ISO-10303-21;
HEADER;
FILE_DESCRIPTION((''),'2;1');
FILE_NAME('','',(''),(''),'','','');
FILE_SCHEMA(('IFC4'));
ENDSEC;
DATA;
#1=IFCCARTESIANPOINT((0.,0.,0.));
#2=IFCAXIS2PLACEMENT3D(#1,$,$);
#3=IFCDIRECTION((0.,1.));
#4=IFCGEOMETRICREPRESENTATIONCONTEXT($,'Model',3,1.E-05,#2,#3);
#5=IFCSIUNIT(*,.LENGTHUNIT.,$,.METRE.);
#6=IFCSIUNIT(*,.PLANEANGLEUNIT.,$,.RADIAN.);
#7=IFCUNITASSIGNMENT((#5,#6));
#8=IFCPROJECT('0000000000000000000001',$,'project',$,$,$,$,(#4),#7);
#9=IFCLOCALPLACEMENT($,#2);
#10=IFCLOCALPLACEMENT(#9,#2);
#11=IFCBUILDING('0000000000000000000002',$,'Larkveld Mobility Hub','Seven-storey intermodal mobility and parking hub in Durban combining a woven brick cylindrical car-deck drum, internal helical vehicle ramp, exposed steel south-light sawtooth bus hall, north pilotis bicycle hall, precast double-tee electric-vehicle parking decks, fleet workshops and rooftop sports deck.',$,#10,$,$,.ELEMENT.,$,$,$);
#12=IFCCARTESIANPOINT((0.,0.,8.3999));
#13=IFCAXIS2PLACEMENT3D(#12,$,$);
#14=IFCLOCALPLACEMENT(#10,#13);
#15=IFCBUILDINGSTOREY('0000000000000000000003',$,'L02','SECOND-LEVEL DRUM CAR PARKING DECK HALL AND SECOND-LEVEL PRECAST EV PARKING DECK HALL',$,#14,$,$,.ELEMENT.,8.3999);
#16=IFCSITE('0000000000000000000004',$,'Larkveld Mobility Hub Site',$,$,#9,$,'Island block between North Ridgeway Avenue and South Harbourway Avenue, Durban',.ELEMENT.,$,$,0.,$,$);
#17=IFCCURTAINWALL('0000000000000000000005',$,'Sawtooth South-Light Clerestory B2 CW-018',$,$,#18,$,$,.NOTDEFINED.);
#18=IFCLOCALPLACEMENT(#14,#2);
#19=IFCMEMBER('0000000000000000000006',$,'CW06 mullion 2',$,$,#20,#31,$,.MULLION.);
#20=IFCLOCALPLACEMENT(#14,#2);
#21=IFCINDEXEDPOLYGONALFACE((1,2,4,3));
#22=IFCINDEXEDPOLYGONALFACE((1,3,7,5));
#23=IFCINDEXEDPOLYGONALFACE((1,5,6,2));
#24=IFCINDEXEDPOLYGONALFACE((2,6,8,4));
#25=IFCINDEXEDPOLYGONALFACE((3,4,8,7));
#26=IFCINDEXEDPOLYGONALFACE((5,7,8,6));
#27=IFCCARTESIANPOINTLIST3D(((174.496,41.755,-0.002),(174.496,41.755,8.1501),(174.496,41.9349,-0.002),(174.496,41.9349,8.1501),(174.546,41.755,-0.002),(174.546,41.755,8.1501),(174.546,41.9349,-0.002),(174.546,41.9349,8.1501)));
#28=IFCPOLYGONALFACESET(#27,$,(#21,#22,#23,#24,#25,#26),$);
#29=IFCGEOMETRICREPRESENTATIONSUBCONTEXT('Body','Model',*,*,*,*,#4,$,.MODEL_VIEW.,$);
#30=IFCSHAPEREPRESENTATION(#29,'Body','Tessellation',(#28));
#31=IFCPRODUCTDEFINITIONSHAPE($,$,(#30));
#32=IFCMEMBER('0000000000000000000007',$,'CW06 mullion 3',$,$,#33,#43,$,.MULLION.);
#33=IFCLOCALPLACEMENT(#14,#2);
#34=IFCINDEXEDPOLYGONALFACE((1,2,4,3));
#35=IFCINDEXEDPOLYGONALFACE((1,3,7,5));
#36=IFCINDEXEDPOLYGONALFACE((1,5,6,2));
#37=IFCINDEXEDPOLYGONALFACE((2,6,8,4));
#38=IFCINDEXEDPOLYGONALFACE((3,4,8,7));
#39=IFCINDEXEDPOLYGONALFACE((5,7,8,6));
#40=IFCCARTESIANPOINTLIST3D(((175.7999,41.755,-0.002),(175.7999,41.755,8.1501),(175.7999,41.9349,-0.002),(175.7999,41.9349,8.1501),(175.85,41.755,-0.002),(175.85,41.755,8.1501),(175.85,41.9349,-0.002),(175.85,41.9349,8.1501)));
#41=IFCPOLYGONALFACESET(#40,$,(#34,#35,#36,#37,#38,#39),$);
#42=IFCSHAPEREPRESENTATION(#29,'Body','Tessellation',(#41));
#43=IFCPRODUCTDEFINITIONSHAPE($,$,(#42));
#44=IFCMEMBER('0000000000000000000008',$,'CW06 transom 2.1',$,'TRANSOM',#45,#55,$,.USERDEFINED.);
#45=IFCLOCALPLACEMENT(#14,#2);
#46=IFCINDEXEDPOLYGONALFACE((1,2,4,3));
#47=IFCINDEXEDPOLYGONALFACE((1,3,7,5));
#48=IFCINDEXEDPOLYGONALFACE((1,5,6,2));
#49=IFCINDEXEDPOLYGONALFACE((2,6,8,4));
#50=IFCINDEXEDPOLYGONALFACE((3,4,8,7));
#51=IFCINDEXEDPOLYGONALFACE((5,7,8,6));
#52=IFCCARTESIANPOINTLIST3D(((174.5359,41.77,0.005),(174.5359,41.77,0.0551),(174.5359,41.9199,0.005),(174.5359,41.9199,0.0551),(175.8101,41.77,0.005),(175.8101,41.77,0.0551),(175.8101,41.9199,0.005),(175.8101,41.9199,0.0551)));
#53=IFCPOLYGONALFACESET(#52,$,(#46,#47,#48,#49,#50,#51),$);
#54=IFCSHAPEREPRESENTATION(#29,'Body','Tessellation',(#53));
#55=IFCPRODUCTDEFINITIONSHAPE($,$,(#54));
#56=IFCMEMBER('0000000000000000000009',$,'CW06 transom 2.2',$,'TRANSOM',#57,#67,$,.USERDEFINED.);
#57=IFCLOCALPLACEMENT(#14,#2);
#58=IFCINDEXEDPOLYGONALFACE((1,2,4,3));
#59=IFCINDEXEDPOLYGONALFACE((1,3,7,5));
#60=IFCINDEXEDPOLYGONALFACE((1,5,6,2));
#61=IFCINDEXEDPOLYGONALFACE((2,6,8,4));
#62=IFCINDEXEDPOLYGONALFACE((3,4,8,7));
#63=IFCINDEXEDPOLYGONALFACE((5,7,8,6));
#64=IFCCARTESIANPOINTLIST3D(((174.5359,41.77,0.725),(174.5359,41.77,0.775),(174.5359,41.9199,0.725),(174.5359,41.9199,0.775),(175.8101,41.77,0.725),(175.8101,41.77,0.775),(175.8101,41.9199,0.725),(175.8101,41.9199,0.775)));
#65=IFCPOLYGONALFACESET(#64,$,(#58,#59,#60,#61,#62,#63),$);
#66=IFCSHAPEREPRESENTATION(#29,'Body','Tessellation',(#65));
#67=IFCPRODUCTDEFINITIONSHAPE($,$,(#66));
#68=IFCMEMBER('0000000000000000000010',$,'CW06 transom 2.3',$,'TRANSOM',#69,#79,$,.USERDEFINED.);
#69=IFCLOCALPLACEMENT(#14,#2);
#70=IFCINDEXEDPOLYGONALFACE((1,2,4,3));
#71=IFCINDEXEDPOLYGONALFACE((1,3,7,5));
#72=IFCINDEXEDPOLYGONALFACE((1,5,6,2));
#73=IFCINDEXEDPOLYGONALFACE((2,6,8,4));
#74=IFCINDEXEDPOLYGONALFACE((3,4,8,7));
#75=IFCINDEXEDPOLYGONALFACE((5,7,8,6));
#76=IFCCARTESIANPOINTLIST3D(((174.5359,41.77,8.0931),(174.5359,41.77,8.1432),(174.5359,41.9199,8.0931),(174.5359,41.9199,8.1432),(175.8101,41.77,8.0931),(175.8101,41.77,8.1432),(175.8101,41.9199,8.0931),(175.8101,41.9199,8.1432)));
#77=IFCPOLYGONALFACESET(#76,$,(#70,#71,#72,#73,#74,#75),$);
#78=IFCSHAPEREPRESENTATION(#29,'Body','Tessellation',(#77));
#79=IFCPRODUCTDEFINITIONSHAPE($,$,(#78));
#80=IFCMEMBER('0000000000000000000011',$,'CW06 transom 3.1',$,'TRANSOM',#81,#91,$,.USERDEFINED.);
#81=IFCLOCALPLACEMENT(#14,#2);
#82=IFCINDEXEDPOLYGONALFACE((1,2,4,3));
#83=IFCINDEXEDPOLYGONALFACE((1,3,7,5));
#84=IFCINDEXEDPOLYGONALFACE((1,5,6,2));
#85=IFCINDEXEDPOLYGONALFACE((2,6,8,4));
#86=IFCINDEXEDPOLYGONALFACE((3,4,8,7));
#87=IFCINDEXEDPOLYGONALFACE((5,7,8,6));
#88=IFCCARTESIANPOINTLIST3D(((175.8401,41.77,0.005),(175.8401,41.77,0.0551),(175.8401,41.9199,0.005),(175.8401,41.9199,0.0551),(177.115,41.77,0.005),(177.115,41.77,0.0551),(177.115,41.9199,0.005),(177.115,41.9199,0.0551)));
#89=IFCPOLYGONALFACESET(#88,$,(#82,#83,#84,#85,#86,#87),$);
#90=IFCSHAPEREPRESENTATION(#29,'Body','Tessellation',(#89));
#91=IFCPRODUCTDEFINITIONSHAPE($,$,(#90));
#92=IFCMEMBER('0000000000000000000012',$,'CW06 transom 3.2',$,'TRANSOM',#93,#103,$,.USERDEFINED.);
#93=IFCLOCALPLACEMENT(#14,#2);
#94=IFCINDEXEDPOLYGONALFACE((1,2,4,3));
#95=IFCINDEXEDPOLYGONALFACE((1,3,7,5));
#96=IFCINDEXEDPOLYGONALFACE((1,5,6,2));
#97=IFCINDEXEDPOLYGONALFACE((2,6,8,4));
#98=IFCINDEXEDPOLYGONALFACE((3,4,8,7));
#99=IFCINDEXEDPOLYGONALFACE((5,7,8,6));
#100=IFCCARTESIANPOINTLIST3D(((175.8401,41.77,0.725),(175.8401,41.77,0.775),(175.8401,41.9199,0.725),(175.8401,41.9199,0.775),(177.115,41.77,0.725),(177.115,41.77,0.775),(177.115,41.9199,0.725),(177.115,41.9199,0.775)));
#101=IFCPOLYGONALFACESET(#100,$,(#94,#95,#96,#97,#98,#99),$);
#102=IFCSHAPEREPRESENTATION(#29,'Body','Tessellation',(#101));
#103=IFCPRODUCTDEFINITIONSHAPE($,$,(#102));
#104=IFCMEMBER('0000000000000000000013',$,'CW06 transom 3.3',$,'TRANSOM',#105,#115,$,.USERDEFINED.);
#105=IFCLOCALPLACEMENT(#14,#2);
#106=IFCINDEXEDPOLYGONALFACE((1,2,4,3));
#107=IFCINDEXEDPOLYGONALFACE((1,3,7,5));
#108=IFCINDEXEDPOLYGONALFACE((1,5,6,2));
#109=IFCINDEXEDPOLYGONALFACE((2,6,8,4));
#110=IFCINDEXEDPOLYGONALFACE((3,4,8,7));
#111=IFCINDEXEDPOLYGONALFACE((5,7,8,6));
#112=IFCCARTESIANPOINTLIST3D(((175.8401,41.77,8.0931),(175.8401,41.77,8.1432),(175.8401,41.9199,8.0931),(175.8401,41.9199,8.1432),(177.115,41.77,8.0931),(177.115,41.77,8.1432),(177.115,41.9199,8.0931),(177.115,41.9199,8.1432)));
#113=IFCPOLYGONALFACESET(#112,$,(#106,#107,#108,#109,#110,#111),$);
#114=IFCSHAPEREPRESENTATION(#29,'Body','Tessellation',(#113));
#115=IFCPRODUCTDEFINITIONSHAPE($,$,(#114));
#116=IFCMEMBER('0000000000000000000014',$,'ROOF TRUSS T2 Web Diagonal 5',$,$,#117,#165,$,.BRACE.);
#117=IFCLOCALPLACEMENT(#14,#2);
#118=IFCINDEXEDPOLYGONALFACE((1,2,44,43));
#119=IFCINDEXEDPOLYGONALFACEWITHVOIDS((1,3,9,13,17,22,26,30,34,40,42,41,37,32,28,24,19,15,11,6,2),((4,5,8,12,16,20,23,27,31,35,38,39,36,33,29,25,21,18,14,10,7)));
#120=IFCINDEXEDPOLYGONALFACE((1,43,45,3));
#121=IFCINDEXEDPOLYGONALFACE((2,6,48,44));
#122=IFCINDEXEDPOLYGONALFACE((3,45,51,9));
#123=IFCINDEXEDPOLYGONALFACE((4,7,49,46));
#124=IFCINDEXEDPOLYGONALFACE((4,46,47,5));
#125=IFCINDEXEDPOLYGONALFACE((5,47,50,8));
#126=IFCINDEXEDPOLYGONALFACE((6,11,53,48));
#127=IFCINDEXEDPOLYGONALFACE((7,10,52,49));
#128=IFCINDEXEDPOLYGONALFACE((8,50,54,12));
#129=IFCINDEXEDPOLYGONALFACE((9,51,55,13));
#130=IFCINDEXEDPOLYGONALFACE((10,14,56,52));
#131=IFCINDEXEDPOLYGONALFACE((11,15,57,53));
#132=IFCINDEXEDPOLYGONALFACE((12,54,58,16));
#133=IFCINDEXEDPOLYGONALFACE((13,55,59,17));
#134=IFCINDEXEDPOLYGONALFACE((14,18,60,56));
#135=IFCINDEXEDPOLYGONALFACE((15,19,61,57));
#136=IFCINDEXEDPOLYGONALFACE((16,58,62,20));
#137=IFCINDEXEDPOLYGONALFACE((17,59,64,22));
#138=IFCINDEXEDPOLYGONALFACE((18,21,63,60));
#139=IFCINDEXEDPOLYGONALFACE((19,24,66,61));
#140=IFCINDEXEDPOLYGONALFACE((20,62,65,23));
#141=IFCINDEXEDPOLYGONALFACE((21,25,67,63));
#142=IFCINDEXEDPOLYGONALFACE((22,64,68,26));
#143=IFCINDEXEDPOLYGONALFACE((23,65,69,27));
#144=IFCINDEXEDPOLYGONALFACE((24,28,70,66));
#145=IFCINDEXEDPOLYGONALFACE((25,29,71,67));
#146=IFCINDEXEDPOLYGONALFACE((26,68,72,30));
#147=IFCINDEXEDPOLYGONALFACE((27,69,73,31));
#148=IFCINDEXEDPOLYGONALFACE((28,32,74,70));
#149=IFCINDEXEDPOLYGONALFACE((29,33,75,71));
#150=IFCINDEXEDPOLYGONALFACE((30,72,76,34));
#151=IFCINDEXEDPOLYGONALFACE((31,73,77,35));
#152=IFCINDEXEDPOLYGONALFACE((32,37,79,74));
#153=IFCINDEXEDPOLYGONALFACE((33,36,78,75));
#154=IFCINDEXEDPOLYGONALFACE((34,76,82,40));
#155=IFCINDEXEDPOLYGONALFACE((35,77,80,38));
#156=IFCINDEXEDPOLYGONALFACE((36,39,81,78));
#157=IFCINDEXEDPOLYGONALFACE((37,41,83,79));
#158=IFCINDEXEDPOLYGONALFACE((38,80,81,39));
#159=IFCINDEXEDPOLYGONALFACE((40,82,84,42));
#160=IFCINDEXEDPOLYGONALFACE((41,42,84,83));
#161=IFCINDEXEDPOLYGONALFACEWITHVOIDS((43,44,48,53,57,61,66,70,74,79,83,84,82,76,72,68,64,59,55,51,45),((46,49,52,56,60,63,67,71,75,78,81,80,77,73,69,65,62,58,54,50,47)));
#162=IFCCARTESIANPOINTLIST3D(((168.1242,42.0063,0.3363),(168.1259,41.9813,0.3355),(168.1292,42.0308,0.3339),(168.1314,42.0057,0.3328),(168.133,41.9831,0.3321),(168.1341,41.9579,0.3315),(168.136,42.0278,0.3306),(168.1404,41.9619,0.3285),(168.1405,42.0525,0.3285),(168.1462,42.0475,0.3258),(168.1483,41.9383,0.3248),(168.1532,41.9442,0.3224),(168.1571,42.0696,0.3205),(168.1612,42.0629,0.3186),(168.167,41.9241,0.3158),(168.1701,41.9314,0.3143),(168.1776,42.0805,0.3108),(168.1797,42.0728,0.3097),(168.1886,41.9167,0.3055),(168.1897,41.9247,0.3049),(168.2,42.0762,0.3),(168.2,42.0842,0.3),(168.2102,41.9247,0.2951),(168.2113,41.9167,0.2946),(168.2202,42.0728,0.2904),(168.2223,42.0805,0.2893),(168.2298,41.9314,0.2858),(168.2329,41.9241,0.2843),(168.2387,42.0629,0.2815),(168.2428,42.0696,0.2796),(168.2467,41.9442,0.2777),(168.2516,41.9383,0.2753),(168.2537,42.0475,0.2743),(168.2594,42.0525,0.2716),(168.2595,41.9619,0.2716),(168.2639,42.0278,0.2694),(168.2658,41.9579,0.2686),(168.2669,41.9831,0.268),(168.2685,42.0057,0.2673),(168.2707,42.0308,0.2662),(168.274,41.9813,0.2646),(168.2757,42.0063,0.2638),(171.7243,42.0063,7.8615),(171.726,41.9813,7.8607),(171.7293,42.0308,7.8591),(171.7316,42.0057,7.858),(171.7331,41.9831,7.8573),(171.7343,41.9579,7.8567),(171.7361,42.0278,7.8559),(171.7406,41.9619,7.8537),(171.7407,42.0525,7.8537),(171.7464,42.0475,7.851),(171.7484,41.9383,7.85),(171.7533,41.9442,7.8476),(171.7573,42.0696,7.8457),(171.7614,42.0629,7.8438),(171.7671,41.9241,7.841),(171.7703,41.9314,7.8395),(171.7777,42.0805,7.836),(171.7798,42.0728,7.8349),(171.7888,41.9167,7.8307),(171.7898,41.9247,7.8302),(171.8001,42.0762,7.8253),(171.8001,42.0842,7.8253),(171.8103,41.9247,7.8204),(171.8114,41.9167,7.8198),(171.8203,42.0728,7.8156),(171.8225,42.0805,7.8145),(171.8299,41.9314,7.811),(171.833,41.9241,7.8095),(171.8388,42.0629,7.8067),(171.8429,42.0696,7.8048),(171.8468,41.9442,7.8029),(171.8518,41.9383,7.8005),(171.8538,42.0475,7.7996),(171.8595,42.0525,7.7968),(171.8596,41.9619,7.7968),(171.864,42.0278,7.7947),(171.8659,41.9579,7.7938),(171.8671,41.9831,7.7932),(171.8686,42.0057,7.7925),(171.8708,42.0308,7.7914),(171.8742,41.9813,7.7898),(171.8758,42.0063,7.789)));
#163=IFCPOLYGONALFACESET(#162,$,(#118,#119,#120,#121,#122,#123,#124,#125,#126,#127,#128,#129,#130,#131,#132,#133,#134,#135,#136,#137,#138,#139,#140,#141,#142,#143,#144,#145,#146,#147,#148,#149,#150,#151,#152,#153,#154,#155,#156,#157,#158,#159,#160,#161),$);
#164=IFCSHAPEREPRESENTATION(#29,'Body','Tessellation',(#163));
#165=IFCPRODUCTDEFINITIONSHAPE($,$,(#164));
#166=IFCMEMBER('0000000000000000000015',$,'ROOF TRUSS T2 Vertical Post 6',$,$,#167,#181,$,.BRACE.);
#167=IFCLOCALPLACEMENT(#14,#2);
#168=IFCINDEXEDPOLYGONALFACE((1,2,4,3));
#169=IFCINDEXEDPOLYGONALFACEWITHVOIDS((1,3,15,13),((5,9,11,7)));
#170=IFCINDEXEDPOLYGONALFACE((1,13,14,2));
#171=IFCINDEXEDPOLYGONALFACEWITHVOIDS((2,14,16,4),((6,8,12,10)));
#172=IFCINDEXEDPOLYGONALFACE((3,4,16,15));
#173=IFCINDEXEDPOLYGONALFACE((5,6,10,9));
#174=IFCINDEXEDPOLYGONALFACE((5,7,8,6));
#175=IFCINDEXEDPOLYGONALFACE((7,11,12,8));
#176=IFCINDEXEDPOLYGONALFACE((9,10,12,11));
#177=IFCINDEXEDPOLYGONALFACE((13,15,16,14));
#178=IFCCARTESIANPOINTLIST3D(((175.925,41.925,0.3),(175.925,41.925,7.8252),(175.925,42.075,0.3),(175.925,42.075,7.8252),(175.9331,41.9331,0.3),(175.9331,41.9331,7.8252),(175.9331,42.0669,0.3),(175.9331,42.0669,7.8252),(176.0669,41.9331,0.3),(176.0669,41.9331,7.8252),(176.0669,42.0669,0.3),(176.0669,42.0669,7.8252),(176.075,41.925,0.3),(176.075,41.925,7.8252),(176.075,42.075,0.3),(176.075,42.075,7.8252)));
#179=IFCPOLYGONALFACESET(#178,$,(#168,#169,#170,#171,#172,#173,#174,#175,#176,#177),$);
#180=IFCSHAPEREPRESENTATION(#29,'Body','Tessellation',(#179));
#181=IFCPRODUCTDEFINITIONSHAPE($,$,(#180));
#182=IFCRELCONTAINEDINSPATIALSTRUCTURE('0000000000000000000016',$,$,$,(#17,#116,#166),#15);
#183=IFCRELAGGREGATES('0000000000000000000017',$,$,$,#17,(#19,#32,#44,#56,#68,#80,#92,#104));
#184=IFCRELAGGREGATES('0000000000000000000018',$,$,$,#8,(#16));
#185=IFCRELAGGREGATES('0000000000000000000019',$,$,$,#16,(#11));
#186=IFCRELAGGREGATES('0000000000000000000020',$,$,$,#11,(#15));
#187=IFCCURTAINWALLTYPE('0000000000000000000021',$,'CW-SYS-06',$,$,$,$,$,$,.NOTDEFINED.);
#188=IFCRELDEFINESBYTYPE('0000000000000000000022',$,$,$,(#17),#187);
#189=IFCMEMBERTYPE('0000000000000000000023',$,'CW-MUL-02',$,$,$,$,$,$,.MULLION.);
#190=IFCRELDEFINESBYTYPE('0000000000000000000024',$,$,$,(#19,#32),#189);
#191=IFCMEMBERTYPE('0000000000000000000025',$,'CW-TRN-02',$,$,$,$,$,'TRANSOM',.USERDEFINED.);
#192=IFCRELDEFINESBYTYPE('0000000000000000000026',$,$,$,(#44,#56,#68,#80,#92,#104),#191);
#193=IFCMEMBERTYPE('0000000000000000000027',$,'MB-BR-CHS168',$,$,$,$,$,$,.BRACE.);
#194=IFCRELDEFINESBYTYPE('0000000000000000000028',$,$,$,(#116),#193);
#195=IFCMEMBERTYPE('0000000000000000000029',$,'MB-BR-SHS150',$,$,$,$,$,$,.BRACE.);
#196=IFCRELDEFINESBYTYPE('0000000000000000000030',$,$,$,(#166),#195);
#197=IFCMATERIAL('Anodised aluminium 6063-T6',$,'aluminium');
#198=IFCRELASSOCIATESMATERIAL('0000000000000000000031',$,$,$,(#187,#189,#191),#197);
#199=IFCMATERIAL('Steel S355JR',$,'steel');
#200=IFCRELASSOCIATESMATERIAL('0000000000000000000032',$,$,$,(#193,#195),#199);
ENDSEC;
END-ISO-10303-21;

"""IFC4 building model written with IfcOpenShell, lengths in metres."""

from ifc_helpers import new_model, si_unit, direction, frame, origin, origin_2d, place, context, subcontext, project, spatial, rectangle, hollow_rectangle, hollow_circle, extrude, material, material_profile, profile_set, type_object, element, aggregate, save


model = new_model("IFC4")

# Units and contexts
model_context = context("Model", 3, precision=1e-05, world=origin(), true_north=direction((0.0, 1.0)))
body_context = subcontext(model_context, "Body", "Model", "MODEL_VIEW")
ifc_project = project(units=[si_unit("LENGTHUNIT", "METRE"), si_unit("PLANEANGLEUNIT", "RADIAN")], contexts=[model_context])

# Site, building, storey
site_placement = place(None, origin())
site = spatial("IfcSite", under=ifc_project, at=site_placement, Name="Larkveld Mobility Hub Site", LongName="Island block between North Ridgeway Avenue and South Harbourway Avenue, Durban", CompositionType="ELEMENT", RefElevation=0.0)
building_placement = place(site_placement, origin())
building = spatial("IfcBuilding", under=site, at=building_placement, Name="Larkveld Mobility Hub", Description="Seven-storey intermodal mobility and parking hub in Durban combining a woven brick cylindrical car-deck drum, internal helical vehicle ramp, exposed steel south-light sawtooth bus hall, north pilotis bicycle hall, precast double-tee electric-vehicle parking decks, fleet workshops and rooftop sports deck.", CompositionType="ELEMENT")
storey_placement = place(building_placement, frame((0.0, 0.0, 8.3999)))
storey = spatial("IfcBuildingStorey", under=building, at=storey_placement, Name="L02", Description="SECOND-LEVEL DRUM CAR PARKING DECK HALL AND SECOND-LEVEL PRECAST EV PARKING DECK HALL", CompositionType="ELEMENT", Elevation=8.3999)

# Curtain wall, members
ifc_material_1 = material(Name="Anodised aluminium 6063-T6", Category="aluminium")
curtain_wall_type = type_object("IfcCurtainWallType", Name="CW-SYS-06", PredefinedType="NOTDEFINED", material=ifc_material_1)
curtain_wall_placement = place(storey_placement, origin())
curtain_wall = element("IfcCurtainWall", 1, at=curtain_wall_placement, inside=storey, type_object=curtain_wall_type, Name="Sawtooth South-Light Clerestory B2 CW-018", PredefinedType="NOTDEFINED")
ifc_material_profile_1 = material_profile(ifc_material_1, rectangle(XDim=0.05, YDim=0.1799, at=origin_2d()), Name="ALU MULL 50x180")
ifc_profile_set_1 = profile_set([ifc_material_profile_1], Name="Anodised aluminium 6063-T6")
member_type_1 = type_object("IfcMemberType", Name="CW-MUL-02", PredefinedType="MULLION", material=ifc_profile_set_1)
member_1_placement = place(storey_placement, frame((174.521, 41.845, -0.002), z_axis=(0.0, 0.0, 1.0), x_axis=(1.0, 0.0, 0.0)))
member_1 = element("IfcMember", 2, at=member_1_placement, type_object=member_type_1, Name="CW06 mullion 2", PredefinedType="MULLION", context=body_context, shape_type="SweptSolid", body=[
    extrude(rectangle(XDim=0.05, YDim=0.1799, at=origin_2d()), origin(), (0.0, 0.0, 1.0), 8.1521),
])
member_2_placement = place(storey_placement, frame((175.825, 41.845, -0.002), z_axis=(0.0, 0.0, 1.0), x_axis=(1.0, 0.0, 0.0)))
member_2 = element("IfcMember", 3, at=member_2_placement, type_object=member_type_1, Name="CW06 mullion 3", PredefinedType="MULLION", context=body_context, shape_type="SweptSolid", body=[
    extrude(rectangle(XDim=0.05, YDim=0.1799, at=origin_2d()), origin(), (0.0, 0.0, 1.0), 8.1521),
])
ifc_material_profile_2 = material_profile(ifc_material_1, rectangle(XDim=0.1499, YDim=0.05, at=origin_2d()), Name="ALU TRAN 50x150")
ifc_profile_set_2 = profile_set([ifc_material_profile_2], Name="Anodised aluminium 6063-T6")
member_type_2 = type_object("IfcMemberType", Name="CW-TRN-02", ElementType="TRANSOM", PredefinedType="USERDEFINED", material=ifc_profile_set_2)
member_3_placement = place(storey_placement, frame((174.5359, 41.845, 0.03), z_axis=(1.0, 0.0, 0.0), x_axis=(0.0, 1.0, 0.0)))
member_3 = element("IfcMember", 4, at=member_3_placement, type_object=member_type_2, Name="CW06 transom 2.1", ObjectType="TRANSOM", PredefinedType="USERDEFINED", context=body_context, shape_type="SweptSolid", body=[
    extrude(rectangle(XDim=0.1499, YDim=0.05, at=origin_2d()), origin(), (0.0, 0.0, 1.0), 1.2742),
])
member_4_placement = place(storey_placement, frame((174.5359, 41.845, 0.75), z_axis=(1.0, 0.0, 0.0), x_axis=(0.0, 1.0, 0.0)))
member_4 = element("IfcMember", 5, at=member_4_placement, type_object=member_type_2, Name="CW06 transom 2.2", ObjectType="TRANSOM", PredefinedType="USERDEFINED", context=body_context, shape_type="SweptSolid", body=[
    extrude(rectangle(XDim=0.1499, YDim=0.05, at=origin_2d()), origin(), (0.0, 0.0, 1.0), 1.2742),
])
member_5_placement = place(storey_placement, frame((174.5359, 41.845, 8.1182), z_axis=(1.0, 0.0, 0.0), x_axis=(0.0, 1.0, 0.0)))
member_5 = element("IfcMember", 6, at=member_5_placement, type_object=member_type_2, Name="CW06 transom 2.3", ObjectType="TRANSOM", PredefinedType="USERDEFINED", context=body_context, shape_type="SweptSolid", body=[
    extrude(rectangle(XDim=0.1499, YDim=0.05, at=origin_2d()), origin(), (0.0, 0.0, 1.0), 1.2742),
])
member_6_placement = place(storey_placement, frame((175.8401, 41.845, 0.03), z_axis=(1.0, 0.0, 0.0), x_axis=(0.0, 1.0, 0.0)))
member_6 = element("IfcMember", 7, at=member_6_placement, type_object=member_type_2, Name="CW06 transom 3.1", ObjectType="TRANSOM", PredefinedType="USERDEFINED", context=body_context, shape_type="SweptSolid", body=[
    extrude(rectangle(XDim=0.1499, YDim=0.05, at=origin_2d()), origin(), (0.0, 0.0, 1.0), 1.2749),
])
member_7_placement = place(storey_placement, frame((175.8401, 41.845, 0.75), z_axis=(1.0, 0.0, 0.0), x_axis=(0.0, 1.0, 0.0)))
member_7 = element("IfcMember", 8, at=member_7_placement, type_object=member_type_2, Name="CW06 transom 3.2", ObjectType="TRANSOM", PredefinedType="USERDEFINED", context=body_context, shape_type="SweptSolid", body=[
    extrude(rectangle(XDim=0.1499, YDim=0.05, at=origin_2d()), origin(), (0.0, 0.0, 1.0), 1.2749),
])
member_8_placement = place(storey_placement, frame((175.8401, 41.845, 8.1182), z_axis=(1.0, 0.0, 0.0), x_axis=(0.0, 1.0, 0.0)))
member_8 = element("IfcMember", 9, at=member_8_placement, type_object=member_type_2, Name="CW06 transom 3.3", ObjectType="TRANSOM", PredefinedType="USERDEFINED", context=body_context, shape_type="SweptSolid", body=[
    extrude(rectangle(XDim=0.1499, YDim=0.05, at=origin_2d()), origin(), (0.0, 0.0, 1.0), 1.2749),
])

# Members
ifc_material_2 = material(Name="Steel S355JR", Category="steel")
ifc_material_profile_3 = material_profile(ifc_material_2, hollow_circle(Radius=0.0842, WallThickness=0.0081, at=origin_2d()), Name="CHS 168.3x8")
ifc_profile_set_3 = profile_set([ifc_material_profile_3], Name="Steel S355JR")
member_type_3 = type_object("IfcMemberType", Name="MB-BR-CHS168", PredefinedType="BRACE", material=ifc_profile_set_3)
member_9_placement = place(storey_placement, frame((168.2, 42.0, 0.3), z_axis=(0.431564, 0.0, 0.902082), x_axis=(0.0, 1.0, 0.0)))
element("IfcMember", 10, at=member_9_placement, inside=storey, type_object=member_type_3, Name="ROOF TRUSS T2 Web Diagonal 5", PredefinedType="BRACE", context=body_context, shape_type="SweptSolid", body=[
    extrude(hollow_circle(Radius=0.0842, WallThickness=0.0081, at=origin_2d()), origin(), (0.0, 0.0, 1.0), 8.342),
])
ifc_material_profile_4 = material_profile(ifc_material_2, hollow_rectangle(XDim=0.1499, YDim=0.1499, WallThickness=0.0081, at=origin_2d()), Name="SHS 150x150x8")
ifc_profile_set_4 = profile_set([ifc_material_profile_4], Name="Steel S355JR")
member_type_4 = type_object("IfcMemberType", Name="MB-BR-SHS150", PredefinedType="BRACE", material=ifc_profile_set_4)
member_10_placement = place(storey_placement, frame((176.0, 42.0, 0.3), z_axis=(0.0, 0.0, 1.0), x_axis=(1.0, 0.0, 0.0)))
element("IfcMember", 11, at=member_10_placement, inside=storey, type_object=member_type_4, Name="ROOF TRUSS T2 Vertical Post 6", PredefinedType="BRACE", context=body_context, shape_type="SweptSolid", body=[
    extrude(hollow_rectangle(XDim=0.1499, YDim=0.1499, WallThickness=0.0081, at=origin_2d()), origin(), (0.0, 0.0, 1.0), 7.5251),
])

aggregate(curtain_wall, [member_1, member_2, member_3, member_4, member_5, member_6, member_7, member_8])

save(model, "model.ifc")
